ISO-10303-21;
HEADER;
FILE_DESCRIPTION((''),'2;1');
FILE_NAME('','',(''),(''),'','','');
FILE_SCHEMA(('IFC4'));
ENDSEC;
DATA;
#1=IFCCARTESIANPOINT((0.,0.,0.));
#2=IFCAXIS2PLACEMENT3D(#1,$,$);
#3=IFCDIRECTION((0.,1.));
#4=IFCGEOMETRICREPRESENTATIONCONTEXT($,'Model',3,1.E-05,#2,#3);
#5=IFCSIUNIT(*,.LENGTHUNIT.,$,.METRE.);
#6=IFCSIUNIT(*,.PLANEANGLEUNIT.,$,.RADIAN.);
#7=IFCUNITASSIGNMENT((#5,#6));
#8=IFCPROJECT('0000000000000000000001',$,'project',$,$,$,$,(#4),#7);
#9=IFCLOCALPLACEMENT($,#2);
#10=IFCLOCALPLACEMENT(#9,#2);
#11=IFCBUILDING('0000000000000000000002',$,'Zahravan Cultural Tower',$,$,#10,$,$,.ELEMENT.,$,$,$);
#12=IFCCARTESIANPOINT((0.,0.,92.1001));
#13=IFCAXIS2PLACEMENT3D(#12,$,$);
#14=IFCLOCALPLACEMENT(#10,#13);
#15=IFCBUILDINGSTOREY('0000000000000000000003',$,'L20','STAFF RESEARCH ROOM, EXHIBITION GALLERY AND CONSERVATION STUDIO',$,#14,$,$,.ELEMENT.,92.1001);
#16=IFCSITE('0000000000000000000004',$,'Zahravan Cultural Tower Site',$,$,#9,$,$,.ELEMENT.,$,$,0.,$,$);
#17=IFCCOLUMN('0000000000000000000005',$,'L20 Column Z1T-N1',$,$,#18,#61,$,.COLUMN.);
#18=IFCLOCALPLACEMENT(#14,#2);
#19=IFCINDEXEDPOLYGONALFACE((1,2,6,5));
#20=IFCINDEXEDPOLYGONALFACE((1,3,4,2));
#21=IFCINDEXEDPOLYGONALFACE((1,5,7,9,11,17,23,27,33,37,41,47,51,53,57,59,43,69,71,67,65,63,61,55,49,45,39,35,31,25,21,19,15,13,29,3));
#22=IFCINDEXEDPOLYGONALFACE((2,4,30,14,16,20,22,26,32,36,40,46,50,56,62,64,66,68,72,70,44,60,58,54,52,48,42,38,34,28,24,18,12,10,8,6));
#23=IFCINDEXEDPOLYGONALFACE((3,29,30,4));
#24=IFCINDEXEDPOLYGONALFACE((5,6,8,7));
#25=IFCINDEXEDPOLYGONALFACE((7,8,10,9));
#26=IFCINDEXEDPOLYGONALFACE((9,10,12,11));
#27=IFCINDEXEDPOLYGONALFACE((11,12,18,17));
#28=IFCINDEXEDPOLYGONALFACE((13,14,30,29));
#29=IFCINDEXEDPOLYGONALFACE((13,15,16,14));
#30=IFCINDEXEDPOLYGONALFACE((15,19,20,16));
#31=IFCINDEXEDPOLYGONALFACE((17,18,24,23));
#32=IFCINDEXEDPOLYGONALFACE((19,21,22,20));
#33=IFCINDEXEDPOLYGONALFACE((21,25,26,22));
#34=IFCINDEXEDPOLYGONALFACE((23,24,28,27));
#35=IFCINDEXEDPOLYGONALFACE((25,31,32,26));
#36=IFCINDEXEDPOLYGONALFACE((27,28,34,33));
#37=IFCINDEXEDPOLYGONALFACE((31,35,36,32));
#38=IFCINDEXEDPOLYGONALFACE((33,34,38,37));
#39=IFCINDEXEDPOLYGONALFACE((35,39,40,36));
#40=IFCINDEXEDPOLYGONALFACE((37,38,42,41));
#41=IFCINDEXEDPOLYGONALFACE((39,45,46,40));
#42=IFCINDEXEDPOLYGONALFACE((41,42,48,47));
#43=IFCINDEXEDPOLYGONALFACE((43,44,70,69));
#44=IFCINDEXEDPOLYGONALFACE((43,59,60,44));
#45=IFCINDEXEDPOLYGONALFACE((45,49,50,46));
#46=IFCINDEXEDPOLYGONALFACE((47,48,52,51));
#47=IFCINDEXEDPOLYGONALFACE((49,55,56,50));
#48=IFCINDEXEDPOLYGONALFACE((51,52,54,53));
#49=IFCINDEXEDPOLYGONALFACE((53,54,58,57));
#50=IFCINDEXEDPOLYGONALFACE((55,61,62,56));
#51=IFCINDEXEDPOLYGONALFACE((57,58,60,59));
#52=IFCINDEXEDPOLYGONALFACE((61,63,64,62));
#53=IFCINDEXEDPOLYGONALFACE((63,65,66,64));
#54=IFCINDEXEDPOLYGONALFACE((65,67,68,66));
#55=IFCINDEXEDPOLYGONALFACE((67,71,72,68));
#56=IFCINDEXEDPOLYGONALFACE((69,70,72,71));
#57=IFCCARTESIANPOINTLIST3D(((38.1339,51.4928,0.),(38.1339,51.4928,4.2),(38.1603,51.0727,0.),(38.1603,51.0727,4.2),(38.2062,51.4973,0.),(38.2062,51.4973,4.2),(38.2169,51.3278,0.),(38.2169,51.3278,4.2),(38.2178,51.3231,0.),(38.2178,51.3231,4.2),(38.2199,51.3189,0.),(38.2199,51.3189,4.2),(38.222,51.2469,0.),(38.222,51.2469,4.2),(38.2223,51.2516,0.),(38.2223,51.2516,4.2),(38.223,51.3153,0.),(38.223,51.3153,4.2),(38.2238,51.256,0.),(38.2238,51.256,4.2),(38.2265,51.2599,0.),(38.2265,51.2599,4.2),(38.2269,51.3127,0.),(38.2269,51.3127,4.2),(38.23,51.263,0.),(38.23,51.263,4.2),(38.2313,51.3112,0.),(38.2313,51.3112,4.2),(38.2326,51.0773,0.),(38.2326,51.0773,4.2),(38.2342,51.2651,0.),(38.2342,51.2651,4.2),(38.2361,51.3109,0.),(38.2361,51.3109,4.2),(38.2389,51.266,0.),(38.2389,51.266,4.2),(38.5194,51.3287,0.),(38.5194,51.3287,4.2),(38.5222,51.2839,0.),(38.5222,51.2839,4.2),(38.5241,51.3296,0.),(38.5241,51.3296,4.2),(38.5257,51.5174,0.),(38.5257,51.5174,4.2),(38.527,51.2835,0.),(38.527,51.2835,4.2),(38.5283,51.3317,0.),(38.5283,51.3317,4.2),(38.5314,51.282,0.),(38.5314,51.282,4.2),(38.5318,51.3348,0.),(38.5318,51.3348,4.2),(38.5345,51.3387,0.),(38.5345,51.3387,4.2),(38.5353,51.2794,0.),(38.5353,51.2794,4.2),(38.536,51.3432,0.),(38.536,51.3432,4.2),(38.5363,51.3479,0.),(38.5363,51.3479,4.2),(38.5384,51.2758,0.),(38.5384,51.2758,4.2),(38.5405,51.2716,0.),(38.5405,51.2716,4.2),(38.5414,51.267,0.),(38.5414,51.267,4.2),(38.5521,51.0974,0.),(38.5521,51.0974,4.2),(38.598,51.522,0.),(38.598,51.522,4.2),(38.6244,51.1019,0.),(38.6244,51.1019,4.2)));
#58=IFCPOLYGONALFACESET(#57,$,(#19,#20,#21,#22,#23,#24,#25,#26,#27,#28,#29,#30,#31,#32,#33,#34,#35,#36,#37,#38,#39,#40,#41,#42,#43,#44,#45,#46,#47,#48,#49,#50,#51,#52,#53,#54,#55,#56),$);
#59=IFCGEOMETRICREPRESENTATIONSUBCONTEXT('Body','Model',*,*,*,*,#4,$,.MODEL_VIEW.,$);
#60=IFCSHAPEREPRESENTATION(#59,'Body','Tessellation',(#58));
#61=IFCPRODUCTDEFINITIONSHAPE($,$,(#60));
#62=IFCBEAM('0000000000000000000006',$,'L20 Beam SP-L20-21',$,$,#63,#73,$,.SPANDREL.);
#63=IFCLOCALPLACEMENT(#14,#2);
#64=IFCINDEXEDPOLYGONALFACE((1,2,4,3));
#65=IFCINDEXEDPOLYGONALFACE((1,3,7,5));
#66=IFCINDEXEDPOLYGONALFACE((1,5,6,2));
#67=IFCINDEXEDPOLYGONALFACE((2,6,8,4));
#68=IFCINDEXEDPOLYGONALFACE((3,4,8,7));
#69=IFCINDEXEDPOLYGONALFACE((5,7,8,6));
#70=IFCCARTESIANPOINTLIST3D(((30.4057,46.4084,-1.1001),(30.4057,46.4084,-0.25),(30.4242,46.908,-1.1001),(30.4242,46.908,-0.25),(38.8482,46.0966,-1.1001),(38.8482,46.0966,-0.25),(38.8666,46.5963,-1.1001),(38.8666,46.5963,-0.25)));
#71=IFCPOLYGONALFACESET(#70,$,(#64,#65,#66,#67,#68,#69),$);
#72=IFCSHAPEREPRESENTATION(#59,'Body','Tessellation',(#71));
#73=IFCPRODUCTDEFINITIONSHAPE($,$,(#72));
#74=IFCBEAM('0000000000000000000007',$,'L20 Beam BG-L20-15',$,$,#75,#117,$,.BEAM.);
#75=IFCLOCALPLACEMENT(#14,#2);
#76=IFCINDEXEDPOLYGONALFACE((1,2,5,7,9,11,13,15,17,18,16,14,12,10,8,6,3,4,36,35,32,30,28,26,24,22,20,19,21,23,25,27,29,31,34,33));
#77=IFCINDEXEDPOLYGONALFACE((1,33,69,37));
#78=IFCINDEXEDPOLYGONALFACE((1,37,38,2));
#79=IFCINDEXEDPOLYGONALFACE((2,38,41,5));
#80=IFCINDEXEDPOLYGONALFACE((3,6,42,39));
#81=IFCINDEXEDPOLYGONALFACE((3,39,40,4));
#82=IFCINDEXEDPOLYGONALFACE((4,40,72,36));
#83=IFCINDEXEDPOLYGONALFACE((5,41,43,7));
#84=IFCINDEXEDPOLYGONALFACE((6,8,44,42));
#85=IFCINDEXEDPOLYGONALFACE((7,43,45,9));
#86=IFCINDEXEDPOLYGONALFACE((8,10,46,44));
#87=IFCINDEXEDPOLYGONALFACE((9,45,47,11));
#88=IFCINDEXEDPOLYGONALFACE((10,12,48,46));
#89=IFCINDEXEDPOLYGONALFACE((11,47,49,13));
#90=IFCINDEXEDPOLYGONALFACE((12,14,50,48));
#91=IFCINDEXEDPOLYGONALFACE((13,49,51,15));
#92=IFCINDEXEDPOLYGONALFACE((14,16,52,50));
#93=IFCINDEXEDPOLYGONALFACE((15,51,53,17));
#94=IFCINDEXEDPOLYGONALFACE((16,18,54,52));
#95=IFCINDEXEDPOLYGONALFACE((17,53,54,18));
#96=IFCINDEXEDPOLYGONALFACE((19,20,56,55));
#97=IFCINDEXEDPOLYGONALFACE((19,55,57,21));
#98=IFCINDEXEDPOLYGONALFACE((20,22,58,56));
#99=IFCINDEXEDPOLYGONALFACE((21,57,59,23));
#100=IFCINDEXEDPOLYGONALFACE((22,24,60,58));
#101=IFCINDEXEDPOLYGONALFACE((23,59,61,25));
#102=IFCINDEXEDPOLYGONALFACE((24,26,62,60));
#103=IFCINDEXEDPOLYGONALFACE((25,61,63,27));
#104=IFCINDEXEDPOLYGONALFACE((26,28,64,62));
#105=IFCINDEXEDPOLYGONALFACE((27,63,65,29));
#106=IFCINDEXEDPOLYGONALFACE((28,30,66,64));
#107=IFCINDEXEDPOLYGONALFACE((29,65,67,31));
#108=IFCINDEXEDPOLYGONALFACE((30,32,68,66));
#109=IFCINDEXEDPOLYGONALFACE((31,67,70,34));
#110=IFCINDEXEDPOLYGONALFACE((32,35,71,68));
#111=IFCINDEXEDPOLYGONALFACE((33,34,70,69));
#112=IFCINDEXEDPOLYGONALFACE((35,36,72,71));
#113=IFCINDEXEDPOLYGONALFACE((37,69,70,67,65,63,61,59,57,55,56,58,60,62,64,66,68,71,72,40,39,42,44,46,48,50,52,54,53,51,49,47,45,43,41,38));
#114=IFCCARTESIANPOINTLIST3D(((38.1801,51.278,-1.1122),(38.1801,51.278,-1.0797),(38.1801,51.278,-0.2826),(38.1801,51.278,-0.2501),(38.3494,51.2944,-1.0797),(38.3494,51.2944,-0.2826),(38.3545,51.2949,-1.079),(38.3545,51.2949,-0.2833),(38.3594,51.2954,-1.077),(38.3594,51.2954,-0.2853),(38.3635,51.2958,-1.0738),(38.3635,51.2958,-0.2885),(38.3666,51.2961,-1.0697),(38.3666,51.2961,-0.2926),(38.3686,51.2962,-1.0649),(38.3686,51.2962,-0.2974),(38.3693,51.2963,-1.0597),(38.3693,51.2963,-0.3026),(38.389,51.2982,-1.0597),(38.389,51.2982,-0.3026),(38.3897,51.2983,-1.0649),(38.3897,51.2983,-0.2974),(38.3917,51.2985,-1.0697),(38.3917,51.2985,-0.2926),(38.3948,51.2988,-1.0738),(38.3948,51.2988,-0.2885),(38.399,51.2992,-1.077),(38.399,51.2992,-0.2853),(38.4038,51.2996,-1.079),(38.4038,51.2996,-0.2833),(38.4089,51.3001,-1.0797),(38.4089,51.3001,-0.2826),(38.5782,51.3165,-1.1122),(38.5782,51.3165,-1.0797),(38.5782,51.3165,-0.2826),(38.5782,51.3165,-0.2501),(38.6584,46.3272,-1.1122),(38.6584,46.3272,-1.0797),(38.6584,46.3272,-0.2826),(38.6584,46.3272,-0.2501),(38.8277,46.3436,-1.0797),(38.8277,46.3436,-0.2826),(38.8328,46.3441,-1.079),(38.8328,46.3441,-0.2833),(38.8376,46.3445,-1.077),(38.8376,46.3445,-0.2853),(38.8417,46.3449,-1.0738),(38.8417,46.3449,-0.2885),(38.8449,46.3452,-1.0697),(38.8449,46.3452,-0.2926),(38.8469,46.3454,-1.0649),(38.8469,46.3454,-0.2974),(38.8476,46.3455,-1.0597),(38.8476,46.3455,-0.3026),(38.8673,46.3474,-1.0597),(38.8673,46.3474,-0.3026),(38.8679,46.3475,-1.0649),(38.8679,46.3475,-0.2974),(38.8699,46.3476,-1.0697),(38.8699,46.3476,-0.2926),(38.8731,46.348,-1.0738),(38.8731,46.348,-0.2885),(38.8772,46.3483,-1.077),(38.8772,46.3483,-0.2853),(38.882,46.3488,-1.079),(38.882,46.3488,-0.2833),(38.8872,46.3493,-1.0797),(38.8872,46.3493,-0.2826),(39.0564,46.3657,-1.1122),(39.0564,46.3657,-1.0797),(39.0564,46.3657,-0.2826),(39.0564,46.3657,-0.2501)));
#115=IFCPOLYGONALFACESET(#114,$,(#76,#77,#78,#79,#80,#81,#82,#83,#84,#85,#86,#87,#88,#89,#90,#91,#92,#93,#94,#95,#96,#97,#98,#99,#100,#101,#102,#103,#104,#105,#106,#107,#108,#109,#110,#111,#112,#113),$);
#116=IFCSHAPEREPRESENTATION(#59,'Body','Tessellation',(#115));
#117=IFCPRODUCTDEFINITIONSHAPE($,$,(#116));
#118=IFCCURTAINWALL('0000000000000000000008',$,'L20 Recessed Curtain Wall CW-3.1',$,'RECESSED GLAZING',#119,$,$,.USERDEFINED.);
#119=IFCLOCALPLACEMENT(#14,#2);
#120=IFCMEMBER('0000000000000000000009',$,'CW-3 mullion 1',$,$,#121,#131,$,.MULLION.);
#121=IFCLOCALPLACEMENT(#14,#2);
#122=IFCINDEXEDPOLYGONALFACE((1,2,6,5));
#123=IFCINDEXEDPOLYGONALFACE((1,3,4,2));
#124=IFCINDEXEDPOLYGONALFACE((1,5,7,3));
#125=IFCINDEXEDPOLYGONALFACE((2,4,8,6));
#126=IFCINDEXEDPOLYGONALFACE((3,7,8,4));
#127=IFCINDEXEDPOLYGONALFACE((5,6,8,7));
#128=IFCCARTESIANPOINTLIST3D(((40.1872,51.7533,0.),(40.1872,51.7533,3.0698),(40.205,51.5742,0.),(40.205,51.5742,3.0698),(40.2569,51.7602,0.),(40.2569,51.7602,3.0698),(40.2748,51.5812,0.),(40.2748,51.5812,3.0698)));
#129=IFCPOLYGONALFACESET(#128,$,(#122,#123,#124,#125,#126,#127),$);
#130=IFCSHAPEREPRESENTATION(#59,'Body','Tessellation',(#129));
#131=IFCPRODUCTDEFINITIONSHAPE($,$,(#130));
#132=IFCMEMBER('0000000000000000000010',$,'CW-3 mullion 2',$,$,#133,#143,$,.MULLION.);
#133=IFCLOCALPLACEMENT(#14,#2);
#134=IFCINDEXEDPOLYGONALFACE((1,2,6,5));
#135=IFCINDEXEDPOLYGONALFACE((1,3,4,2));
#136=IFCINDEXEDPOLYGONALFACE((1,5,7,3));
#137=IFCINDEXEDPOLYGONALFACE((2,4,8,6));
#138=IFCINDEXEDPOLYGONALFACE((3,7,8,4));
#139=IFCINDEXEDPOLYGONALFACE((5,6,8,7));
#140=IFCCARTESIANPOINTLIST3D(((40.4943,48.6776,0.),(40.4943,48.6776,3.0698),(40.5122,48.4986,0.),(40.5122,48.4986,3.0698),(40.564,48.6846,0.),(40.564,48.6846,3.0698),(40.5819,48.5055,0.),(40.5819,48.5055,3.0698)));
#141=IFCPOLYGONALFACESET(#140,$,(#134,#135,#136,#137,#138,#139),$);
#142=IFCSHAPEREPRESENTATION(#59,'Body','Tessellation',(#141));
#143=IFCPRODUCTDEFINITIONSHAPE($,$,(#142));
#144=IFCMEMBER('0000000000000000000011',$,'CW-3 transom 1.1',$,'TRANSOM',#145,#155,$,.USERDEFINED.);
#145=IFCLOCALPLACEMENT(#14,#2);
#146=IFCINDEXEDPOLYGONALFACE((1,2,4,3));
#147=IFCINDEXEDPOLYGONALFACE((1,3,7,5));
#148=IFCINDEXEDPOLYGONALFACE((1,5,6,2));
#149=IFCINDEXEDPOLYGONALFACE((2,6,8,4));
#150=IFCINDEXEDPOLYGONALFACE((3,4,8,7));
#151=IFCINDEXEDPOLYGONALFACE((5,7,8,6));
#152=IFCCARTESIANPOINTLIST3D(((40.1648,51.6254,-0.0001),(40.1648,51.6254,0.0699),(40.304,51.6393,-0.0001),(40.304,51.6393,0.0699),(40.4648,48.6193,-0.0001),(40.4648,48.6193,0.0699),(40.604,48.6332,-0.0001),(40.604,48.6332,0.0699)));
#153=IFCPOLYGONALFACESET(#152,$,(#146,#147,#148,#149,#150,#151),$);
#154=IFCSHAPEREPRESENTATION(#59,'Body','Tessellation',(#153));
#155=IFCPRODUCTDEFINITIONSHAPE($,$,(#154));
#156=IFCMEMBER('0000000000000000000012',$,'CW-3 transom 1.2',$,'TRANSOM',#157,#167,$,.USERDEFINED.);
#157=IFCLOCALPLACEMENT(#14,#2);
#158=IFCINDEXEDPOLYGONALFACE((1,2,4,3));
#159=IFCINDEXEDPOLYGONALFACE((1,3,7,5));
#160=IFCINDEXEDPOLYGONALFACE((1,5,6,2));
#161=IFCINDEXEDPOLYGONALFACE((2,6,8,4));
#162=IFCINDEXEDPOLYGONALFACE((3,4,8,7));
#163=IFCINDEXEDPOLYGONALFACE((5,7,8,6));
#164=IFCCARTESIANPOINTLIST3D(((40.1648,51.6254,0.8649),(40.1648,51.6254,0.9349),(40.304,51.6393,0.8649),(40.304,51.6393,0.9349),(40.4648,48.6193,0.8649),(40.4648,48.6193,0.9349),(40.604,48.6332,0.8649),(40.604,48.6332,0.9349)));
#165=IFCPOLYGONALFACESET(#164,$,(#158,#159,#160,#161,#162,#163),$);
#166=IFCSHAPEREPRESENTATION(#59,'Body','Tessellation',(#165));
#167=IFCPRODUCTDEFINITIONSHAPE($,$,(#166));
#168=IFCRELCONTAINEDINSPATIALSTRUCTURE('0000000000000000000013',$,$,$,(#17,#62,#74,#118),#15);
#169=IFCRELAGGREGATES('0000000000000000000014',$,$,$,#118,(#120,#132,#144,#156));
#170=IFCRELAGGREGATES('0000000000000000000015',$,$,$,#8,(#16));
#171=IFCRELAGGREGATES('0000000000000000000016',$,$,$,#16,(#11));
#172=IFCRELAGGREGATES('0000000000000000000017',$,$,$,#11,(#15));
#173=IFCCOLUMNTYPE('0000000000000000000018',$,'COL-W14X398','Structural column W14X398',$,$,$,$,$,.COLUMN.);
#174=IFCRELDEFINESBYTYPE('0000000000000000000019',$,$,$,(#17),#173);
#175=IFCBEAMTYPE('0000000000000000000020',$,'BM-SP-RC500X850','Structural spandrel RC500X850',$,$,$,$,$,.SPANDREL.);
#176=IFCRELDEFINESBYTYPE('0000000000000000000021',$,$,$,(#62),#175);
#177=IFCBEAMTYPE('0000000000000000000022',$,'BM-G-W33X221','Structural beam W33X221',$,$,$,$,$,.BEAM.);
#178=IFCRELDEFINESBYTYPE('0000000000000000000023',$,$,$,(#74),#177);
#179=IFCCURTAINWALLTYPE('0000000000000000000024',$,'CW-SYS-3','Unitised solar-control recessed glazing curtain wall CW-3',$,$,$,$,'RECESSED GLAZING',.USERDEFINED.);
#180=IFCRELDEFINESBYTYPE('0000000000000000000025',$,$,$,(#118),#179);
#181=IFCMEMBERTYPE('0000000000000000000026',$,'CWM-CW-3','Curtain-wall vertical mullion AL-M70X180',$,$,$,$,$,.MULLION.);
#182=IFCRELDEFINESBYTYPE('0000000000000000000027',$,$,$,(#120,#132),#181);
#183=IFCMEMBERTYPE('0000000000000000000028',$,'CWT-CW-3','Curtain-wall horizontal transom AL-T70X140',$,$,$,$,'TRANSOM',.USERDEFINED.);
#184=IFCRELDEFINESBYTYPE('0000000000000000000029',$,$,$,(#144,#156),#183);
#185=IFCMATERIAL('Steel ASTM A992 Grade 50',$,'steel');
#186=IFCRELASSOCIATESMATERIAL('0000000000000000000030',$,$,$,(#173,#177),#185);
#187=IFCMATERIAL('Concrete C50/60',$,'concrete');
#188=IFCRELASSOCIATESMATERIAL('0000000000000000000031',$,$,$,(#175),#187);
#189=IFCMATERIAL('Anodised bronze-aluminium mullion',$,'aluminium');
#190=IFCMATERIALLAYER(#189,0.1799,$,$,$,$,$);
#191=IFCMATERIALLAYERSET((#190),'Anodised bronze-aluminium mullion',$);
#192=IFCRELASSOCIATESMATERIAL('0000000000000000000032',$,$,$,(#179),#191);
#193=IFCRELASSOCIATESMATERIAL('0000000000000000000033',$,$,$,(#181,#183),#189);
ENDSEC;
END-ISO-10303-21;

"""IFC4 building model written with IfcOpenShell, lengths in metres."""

from ifc_helpers import new_model, si_unit, direction, frame, origin, origin_2d, place, context, subcontext, project, spatial, rectangle, i_section, extrude, source, transform, mapped, material, layer, layer_set, material_profile, profile_set, type_object, element, aggregate, save


model = new_model("IFC4")

# Units and contexts
model_context = context("Model", 3, precision=1e-05, world=origin(), true_north=direction((0.0, 1.0)))
body_context = subcontext(model_context, "Body", "Model", "MODEL_VIEW")
ifc_project = project(units=[si_unit("LENGTHUNIT", "METRE"), si_unit("PLANEANGLEUNIT", "RADIAN")], contexts=[model_context])

# Site, building, storey
site_placement = place(None, origin())
site = spatial("IfcSite", under=ifc_project, at=site_placement, Name="Zahravan Cultural Tower Site", CompositionType="ELEMENT", RefElevation=0.0)
building_placement = place(site_placement, origin())
building = spatial("IfcBuilding", under=site, at=building_placement, Name="Zahravan Cultural Tower", CompositionType="ELEMENT")
storey_placement = place(building_placement, frame((0.0, 0.0, 92.1001)))
storey = spatial("IfcBuildingStorey", under=building, at=storey_placement, Name="L20", Description="STAFF RESEARCH ROOM, EXHIBITION GALLERY AND CONSERVATION STUDIO", CompositionType="ELEMENT", Elevation=92.1001)

# Column
ifc_material_1 = material(Name="Steel ASTM A992 Grade 50", Category="steel")
ifc_material_profile_1 = material_profile(ifc_material_1, i_section(OverallWidth=0.4209, OverallDepth=0.4651, WebThickness=0.0449, FlangeThickness=0.0725, FilletRadius=0.0181, at=origin_2d()), Name="W14X398")
ifc_profile_set_1 = profile_set([ifc_material_profile_1], Name="Steel ASTM A992 Grade 50")
column_type = type_object("IfcColumnType", Name="COL-W14X398", Description="Structural column W14X398", PredefinedType="COLUMN", material=ifc_profile_set_1)
shared_shape_1 = source(origin(), body_context, "Body", "SweptSolid", [
    extrude(i_section(OverallWidth=0.4209, OverallDepth=0.4651, WebThickness=0.0449, FlangeThickness=0.0725, FilletRadius=0.0181, at=origin_2d()), origin(), (0.0, 0.0, 1.0), 4.2),
])
column_placement = place(storey_placement, frame((38.3792, 51.2974, 0.0), z_axis=(0.0, 0.0, 1.0), x_axis=(-0.062791, 0.998027, 0.0)))
element("IfcColumn", 1, at=column_placement, inside=storey, type_object=column_type, Name="L20 Column Z1T-N1", PredefinedType="COLUMN", context=body_context, shape_type="MappedRepresentation", body=[
    mapped(shared_shape_1, transform((0.0, 0.0, 0.0), x_axis=(1.0, 0.0, 0.0), y_axis=(0.0, 1.0, 0.0), z_axis=(0.0, 0.0, 1.0), scale=1.0)),
])

# Beams
ifc_material_2 = material(Name="Concrete C50/60", Category="concrete")
ifc_material_profile_2 = material_profile(ifc_material_2, rectangle(XDim=0.5, YDim=0.8501, at=origin_2d()), Name="RC500X850")
ifc_profile_set_2 = profile_set([ifc_material_profile_2], Name="Concrete C50/60")
beam_type_1 = type_object("IfcBeamType", Name="BM-SP-RC500X850", Description="Structural spandrel RC500X850", PredefinedType="SPANDREL", material=ifc_profile_set_2)
shared_shape_2 = source(origin(), body_context, "Body", "SweptSolid", [
    extrude(rectangle(XDim=0.5, YDim=0.8501, at=origin_2d()), origin(), (0.0, 0.0, 1.0), 8.4482),
])
beam_1_placement = place(storey_placement, frame((38.8574, 46.3464, -0.675), z_axis=(-0.999319, 0.036904, 0.0), x_axis=(-0.036904, -0.999319, 0.0)))
element("IfcBeam", 2, at=beam_1_placement, inside=storey, type_object=beam_type_1, Name="L20 Beam SP-L20-21", PredefinedType="SPANDREL", context=body_context, shape_type="MappedRepresentation", body=[
    mapped(shared_shape_2, transform((0.0, 0.0, 0.0), x_axis=(1.0, 0.0, 0.0), y_axis=(0.0, 1.0, 0.0), z_axis=(0.0, 0.0, 1.0), scale=1.0)),
])
ifc_material_profile_3 = material_profile(ifc_material_1, i_section(OverallWidth=0.3999, OverallDepth=0.8621, WebThickness=0.0198, FlangeThickness=0.0325, FilletRadius=0.02, at=origin_2d()), Name="W33X221")
ifc_profile_set_3 = profile_set([ifc_material_profile_3], Name="Steel ASTM A992 Grade 50")
beam_type_2 = type_object("IfcBeamType", Name="BM-G-W33X221", Description="Structural beam W33X221", PredefinedType="BEAM", material=ifc_profile_set_3)
shared_shape_3 = source(origin(), body_context, "Body", "SweptSolid", [
    extrude(i_section(OverallWidth=0.3999, OverallDepth=0.8621, WebThickness=0.0198, FlangeThickness=0.0325, FilletRadius=0.02, at=origin_2d()), origin(), (0.0, 0.0, 1.0), 4.9739),
])
beam_2_placement = place(storey_placement, frame((38.8574, 46.3464, -0.6812), z_axis=(-0.096155, 0.995366, 0.0), x_axis=(-0.995366, -0.096155, 0.0)))
element("IfcBeam", 3, at=beam_2_placement, inside=storey, type_object=beam_type_2, Name="L20 Beam BG-L20-15", PredefinedType="BEAM", context=body_context, shape_type="MappedRepresentation", body=[
    mapped(shared_shape_3, transform((0.0, 0.0, 0.0), x_axis=(1.0, 0.0, 0.0), y_axis=(0.0, 1.0, 0.0), z_axis=(0.0, 0.0, 1.0), scale=1.0)),
])

# Curtain wall, members
ifc_material_3 = material(Name="Anodised bronze-aluminium mullion", Category="aluminium")
ifc_layer_1 = layer(ifc_material_3, 0.1799)
ifc_layer_set_1 = layer_set([ifc_layer_1], Name="Anodised bronze-aluminium mullion")
curtain_wall_type = type_object("IfcCurtainWallType", Name="CW-SYS-3", Description="Unitised solar-control recessed glazing curtain wall CW-3", ElementType="RECESSED GLAZING", PredefinedType="USERDEFINED", material=ifc_layer_set_1)
curtain_wall_placement = place(storey_placement, origin())
curtain_wall = element("IfcCurtainWall", 4, at=curtain_wall_placement, inside=storey, type_object=curtain_wall_type, Name="L20 Recessed Curtain Wall CW-3.1", ObjectType="RECESSED GLAZING", PredefinedType="USERDEFINED")
ifc_material_profile_4 = material_profile(ifc_material_3, rectangle(XDim=0.0701, YDim=0.1799, at=origin_2d()), Name="AL-M70X180")
ifc_profile_set_4 = profile_set([ifc_material_profile_4], Name="Anodised bronze-aluminium mullion")
member_type_1 = type_object("IfcMemberType", Name="CWM-CW-3", Description="Curtain-wall vertical mullion AL-M70X180", PredefinedType="MULLION", material=ifc_profile_set_4)
shared_shape_4 = source(origin(), body_context, "Body", "SweptSolid", [
    extrude(rectangle(XDim=0.0701, YDim=0.1799, at=origin_2d()), origin(), (0.0, 0.0, 1.0), 3.0698),
])
member_1_placement = place(storey_placement, frame((40.231, 51.6672, 0.0), z_axis=(0.0, 0.0, 1.0), x_axis=(0.995055, 0.099322, 0.0)))
member_1 = element("IfcMember", 5, at=member_1_placement, type_object=member_type_1, Name="CW-3 mullion 1", PredefinedType="MULLION", context=body_context, shape_type="MappedRepresentation", body=[
    mapped(shared_shape_4, transform((0.0, 0.0, 0.0), x_axis=(1.0, 0.0, 0.0), y_axis=(0.0, 1.0, 0.0), z_axis=(0.0, 0.0, 1.0), scale=1.0)),
])
member_2_placement = place(storey_placement, frame((40.5381, 48.5916, 0.0), z_axis=(0.0, 0.0, 1.0), x_axis=(0.995055, 0.099322, 0.0)))
member_2 = element("IfcMember", 6, at=member_2_placement, type_object=member_type_1, Name="CW-3 mullion 2", PredefinedType="MULLION", context=body_context, shape_type="MappedRepresentation", body=[
    mapped(shared_shape_4, transform((0.0, 0.0, 0.0), x_axis=(1.0, 0.0, 0.0), y_axis=(0.0, 1.0, 0.0), z_axis=(0.0, 0.0, 1.0), scale=1.0)),
])
ifc_material_profile_5 = material_profile(ifc_material_3, rectangle(XDim=0.1399, YDim=0.0701, at=origin_2d()), Name="AL-T70X140")
ifc_profile_set_5 = profile_set([ifc_material_profile_5], Name="Anodised bronze-aluminium mullion")
member_type_2 = type_object("IfcMemberType", Name="CWT-CW-3", Description="Curtain-wall horizontal transom AL-T70X140", ElementType="TRANSOM", PredefinedType="USERDEFINED", material=ifc_profile_set_5)
shared_shape_5 = source(origin(), body_context, "Body", "SweptSolid", [
    extrude(rectangle(XDim=0.1399, YDim=0.0701, at=origin_2d()), origin(), (0.0, 0.0, 1.0), 3.021),
])
member_3_placement = place(storey_placement, frame((40.2344, 51.6323, 0.0349), z_axis=(0.09932, -0.995056, 0.0), x_axis=(0.995056, 0.09932, 0.0)))
member_3 = element("IfcMember", 7, at=member_3_placement, type_object=member_type_2, Name="CW-3 transom 1.1", ObjectType="TRANSOM", PredefinedType="USERDEFINED", context=body_context, shape_type="MappedRepresentation", body=[
    mapped(shared_shape_5, transform((0.0, 0.0, 0.0), x_axis=(1.0, 0.0, 0.0), y_axis=(0.0, 1.0, 0.0), z_axis=(0.0, 0.0, 1.0), scale=1.0)),
])
member_4_placement = place(storey_placement, frame((40.2344, 51.6323, 0.8999), z_axis=(0.09932, -0.995056, 0.0), x_axis=(0.995056, 0.09932, 0.0)))
member_4 = element("IfcMember", 8, at=member_4_placement, type_object=member_type_2, Name="CW-3 transom 1.2", ObjectType="TRANSOM", PredefinedType="USERDEFINED", context=body_context, shape_type="MappedRepresentation", body=[
    mapped(shared_shape_5, transform((0.0, 0.0, 0.0), x_axis=(1.0, 0.0, 0.0), y_axis=(0.0, 1.0, 0.0), z_axis=(0.0, 0.0, 1.0), scale=1.0)),
])
aggregate(curtain_wall, [member_1, member_2, member_3, member_4])

save(model, "model.ifc")
